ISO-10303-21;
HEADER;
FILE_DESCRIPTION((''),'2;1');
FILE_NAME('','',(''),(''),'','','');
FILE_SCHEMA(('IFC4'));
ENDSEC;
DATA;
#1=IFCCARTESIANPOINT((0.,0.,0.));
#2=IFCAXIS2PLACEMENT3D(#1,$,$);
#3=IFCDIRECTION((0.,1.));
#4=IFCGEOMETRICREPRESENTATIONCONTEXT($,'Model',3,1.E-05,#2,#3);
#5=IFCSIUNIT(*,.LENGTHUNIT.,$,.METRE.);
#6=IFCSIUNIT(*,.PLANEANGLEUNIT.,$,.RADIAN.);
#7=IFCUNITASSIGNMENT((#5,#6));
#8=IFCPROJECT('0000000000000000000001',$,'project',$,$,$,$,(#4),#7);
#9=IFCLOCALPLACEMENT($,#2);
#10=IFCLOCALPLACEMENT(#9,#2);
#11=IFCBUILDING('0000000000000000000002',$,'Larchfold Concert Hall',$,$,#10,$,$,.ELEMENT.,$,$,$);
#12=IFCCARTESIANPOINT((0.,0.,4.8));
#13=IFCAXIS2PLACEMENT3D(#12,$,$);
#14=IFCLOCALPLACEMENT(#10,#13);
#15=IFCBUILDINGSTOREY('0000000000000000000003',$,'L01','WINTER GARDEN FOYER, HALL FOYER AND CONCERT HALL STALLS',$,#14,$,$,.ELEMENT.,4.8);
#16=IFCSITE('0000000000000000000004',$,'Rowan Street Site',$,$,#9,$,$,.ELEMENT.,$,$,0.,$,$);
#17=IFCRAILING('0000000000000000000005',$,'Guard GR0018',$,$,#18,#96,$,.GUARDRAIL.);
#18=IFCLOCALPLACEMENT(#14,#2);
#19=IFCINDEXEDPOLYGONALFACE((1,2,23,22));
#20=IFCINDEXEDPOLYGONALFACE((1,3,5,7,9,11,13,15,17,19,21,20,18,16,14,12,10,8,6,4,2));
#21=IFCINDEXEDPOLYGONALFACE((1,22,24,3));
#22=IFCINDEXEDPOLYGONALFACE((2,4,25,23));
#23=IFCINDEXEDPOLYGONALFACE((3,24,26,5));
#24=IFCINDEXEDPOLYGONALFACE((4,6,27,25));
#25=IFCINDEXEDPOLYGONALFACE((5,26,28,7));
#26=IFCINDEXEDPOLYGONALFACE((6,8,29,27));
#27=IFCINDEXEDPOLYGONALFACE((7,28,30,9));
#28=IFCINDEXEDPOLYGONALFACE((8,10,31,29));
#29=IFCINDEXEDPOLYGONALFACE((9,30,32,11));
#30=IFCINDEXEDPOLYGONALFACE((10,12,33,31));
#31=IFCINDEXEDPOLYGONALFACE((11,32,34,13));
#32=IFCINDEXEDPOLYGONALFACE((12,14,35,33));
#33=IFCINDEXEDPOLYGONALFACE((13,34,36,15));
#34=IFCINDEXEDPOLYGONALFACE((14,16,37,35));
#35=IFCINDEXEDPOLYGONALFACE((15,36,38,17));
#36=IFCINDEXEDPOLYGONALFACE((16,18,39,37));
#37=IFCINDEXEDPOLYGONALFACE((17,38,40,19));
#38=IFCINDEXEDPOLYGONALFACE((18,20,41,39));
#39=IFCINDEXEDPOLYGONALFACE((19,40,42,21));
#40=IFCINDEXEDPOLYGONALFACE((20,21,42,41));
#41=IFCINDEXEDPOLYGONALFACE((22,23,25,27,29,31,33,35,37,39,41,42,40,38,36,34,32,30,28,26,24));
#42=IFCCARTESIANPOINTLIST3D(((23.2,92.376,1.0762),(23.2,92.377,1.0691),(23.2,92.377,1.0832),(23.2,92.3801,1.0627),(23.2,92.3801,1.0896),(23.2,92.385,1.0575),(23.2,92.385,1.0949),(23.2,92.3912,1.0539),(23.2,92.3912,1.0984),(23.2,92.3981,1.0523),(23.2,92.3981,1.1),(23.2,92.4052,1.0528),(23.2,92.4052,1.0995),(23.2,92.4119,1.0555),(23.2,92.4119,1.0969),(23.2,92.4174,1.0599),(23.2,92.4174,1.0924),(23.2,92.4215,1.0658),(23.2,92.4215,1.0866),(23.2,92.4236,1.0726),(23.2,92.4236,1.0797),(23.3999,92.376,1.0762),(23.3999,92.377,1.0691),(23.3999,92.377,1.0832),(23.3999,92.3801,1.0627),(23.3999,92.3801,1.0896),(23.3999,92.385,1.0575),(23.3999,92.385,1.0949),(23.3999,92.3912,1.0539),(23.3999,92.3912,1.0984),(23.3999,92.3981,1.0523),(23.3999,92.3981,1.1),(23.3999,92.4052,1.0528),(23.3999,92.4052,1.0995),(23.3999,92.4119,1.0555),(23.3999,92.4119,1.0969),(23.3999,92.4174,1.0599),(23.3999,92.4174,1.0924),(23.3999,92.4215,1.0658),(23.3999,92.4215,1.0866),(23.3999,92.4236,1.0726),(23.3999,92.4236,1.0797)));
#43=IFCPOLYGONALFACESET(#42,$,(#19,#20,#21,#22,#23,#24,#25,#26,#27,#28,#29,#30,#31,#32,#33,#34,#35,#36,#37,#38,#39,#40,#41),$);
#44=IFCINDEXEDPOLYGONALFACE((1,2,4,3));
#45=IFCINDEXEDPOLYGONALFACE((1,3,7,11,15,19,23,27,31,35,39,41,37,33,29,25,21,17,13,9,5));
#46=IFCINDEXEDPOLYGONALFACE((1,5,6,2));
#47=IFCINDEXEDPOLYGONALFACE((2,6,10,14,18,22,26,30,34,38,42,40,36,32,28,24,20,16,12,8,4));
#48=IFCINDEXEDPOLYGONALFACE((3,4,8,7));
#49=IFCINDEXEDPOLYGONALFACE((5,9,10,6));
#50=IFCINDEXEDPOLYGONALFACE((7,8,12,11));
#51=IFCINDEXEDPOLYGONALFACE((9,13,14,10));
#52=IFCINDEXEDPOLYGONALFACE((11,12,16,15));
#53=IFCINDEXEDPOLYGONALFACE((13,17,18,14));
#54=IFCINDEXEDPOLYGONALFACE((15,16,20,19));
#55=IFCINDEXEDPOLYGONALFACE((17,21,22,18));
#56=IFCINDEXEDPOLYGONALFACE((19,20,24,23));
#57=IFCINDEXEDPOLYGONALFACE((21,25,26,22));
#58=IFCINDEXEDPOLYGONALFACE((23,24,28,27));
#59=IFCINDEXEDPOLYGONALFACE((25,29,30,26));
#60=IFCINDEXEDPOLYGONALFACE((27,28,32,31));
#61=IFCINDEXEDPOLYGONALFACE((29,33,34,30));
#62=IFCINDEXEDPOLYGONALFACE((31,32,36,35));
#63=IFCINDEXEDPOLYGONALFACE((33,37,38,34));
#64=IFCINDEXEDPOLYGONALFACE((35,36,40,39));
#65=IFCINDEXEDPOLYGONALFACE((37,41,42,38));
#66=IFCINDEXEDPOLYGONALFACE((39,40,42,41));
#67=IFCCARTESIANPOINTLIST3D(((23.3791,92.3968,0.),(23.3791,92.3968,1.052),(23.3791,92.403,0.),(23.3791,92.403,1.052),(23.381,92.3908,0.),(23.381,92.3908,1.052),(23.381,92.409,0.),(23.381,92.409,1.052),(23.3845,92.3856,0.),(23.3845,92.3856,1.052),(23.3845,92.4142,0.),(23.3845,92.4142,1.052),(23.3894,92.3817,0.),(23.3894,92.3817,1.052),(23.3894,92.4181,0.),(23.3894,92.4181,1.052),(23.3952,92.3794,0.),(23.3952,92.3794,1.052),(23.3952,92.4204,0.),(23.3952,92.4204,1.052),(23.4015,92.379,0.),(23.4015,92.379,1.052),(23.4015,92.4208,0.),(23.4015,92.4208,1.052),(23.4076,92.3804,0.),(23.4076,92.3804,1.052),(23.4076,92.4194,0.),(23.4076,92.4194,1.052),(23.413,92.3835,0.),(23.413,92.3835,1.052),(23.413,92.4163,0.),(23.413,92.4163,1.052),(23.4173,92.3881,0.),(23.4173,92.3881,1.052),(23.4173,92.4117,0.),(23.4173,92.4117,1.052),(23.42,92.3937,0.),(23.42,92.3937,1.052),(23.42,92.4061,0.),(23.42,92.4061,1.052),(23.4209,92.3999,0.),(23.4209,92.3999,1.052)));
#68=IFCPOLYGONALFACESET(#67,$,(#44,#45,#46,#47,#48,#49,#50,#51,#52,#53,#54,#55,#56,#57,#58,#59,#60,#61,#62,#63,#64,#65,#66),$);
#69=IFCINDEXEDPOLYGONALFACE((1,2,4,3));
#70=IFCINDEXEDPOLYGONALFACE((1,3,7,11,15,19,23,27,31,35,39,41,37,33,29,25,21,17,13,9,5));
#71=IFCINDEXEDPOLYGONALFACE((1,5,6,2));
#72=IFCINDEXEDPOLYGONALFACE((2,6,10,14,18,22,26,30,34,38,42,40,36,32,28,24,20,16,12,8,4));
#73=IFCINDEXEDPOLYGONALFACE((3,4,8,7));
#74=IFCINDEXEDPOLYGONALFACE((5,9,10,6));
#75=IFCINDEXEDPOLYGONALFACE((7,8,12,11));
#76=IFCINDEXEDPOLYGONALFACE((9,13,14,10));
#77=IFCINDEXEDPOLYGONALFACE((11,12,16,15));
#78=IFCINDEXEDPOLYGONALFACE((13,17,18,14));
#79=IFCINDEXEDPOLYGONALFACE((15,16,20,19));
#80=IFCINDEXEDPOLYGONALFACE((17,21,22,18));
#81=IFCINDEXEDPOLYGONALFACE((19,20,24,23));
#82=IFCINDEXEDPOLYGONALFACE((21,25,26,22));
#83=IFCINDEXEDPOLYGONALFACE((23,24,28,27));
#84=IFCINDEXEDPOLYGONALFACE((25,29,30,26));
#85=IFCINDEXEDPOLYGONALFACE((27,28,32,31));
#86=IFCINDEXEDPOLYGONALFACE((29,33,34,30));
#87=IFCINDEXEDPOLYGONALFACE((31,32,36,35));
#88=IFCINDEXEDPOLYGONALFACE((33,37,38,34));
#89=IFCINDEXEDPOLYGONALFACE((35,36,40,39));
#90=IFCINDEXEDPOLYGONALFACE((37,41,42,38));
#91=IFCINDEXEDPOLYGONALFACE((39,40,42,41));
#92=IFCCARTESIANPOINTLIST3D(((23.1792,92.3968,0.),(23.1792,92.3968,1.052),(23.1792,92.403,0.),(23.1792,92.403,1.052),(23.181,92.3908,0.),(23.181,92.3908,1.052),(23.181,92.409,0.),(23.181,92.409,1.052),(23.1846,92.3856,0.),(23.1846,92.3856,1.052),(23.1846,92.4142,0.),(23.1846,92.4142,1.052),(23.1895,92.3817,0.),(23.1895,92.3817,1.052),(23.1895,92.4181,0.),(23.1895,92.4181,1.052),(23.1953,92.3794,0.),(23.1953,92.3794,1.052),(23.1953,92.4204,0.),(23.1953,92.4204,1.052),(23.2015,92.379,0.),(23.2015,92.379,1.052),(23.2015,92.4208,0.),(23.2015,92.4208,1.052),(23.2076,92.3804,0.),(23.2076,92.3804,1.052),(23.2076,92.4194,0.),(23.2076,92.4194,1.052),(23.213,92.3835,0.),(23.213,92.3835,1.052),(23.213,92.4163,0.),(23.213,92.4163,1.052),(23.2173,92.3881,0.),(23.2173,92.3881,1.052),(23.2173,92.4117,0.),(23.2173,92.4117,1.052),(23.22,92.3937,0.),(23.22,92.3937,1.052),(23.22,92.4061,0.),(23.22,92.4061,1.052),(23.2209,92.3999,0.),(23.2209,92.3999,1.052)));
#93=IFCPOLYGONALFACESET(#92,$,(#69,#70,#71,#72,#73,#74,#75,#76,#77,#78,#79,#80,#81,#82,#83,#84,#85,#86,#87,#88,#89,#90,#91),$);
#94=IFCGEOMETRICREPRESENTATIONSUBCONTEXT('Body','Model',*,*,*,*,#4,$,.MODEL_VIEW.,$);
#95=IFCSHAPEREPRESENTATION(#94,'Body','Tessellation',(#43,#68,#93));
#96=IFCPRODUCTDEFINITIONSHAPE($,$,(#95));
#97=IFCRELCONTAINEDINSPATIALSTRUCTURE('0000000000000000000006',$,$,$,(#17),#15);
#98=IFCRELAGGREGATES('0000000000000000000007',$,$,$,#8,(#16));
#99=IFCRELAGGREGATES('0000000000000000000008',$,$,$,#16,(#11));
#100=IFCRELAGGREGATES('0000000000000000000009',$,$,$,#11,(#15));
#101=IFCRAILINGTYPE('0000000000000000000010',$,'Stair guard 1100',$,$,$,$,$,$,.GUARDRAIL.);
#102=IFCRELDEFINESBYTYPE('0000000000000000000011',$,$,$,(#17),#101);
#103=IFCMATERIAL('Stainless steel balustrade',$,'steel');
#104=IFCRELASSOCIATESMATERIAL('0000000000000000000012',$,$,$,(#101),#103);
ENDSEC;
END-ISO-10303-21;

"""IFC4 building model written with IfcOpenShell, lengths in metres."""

from ifc_helpers import new_model, si_unit, direction, frame, origin, origin_2d, place, context, subcontext, project, spatial, circle, extrude, material, type_object, element, save


model = new_model("IFC4")

# Units and contexts
model_context = context("Model", 3, precision=1e-05, world=origin(), true_north=direction((0.0, 1.0)))
body_context = subcontext(model_context, "Body", "Model", "MODEL_VIEW")
ifc_project = project(units=[si_unit("LENGTHUNIT", "METRE"), si_unit("PLANEANGLEUNIT", "RADIAN")], contexts=[model_context])

# Site, building, storey
site_placement = place(None, origin())
site = spatial("IfcSite", under=ifc_project, at=site_placement, Name="Rowan Street Site", CompositionType="ELEMENT", RefElevation=0.0)
building_placement = place(site_placement, origin())
building = spatial("IfcBuilding", under=site, at=building_placement, Name="Larchfold Concert Hall", CompositionType="ELEMENT")
storey_placement = place(building_placement, frame((0.0, 0.0, 4.8)))
storey = spatial("IfcBuildingStorey", under=building, at=storey_placement, Name="L01", Description="WINTER GARDEN FOYER, HALL FOYER AND CONCERT HALL STALLS", CompositionType="ELEMENT", Elevation=4.8)

# Railing
ifc_material_1 = material(Name="Stainless steel balustrade", Category="steel")
railing_type_1 = type_object("IfcRailingType", Name="Stair guard 1100", PredefinedType="GUARDRAIL", material=ifc_material_1)
railing_1_placement = place(storey_placement, frame((23.3999, 92.3999, 0.0)))
element("IfcRailing", 1, at=railing_1_placement, inside=storey, type_object=railing_type_1, Name="Guard GR0018", PredefinedType="GUARDRAIL", context=body_context, shape_type="SweptSolid", body=[
    extrude(circle(Radius=0.0239, at=origin_2d()), frame((0.0, 0.0, 1.0762), z_axis=(-1.0, 0.0, 0.0), x_axis=(0.0, -1.0, 0.0)), (0.0, 0.0, 1.0), 0.2),
    extrude(circle(Radius=0.021, at=origin_2d()), origin(), (0.0, 0.0, 1.0), 1.052),
    extrude(circle(Radius=0.021, at=origin_2d()), frame((-0.2, 0.0, 0.0)), (0.0, 0.0, 1.0), 1.052),
])

save(model, "model.ifc")
